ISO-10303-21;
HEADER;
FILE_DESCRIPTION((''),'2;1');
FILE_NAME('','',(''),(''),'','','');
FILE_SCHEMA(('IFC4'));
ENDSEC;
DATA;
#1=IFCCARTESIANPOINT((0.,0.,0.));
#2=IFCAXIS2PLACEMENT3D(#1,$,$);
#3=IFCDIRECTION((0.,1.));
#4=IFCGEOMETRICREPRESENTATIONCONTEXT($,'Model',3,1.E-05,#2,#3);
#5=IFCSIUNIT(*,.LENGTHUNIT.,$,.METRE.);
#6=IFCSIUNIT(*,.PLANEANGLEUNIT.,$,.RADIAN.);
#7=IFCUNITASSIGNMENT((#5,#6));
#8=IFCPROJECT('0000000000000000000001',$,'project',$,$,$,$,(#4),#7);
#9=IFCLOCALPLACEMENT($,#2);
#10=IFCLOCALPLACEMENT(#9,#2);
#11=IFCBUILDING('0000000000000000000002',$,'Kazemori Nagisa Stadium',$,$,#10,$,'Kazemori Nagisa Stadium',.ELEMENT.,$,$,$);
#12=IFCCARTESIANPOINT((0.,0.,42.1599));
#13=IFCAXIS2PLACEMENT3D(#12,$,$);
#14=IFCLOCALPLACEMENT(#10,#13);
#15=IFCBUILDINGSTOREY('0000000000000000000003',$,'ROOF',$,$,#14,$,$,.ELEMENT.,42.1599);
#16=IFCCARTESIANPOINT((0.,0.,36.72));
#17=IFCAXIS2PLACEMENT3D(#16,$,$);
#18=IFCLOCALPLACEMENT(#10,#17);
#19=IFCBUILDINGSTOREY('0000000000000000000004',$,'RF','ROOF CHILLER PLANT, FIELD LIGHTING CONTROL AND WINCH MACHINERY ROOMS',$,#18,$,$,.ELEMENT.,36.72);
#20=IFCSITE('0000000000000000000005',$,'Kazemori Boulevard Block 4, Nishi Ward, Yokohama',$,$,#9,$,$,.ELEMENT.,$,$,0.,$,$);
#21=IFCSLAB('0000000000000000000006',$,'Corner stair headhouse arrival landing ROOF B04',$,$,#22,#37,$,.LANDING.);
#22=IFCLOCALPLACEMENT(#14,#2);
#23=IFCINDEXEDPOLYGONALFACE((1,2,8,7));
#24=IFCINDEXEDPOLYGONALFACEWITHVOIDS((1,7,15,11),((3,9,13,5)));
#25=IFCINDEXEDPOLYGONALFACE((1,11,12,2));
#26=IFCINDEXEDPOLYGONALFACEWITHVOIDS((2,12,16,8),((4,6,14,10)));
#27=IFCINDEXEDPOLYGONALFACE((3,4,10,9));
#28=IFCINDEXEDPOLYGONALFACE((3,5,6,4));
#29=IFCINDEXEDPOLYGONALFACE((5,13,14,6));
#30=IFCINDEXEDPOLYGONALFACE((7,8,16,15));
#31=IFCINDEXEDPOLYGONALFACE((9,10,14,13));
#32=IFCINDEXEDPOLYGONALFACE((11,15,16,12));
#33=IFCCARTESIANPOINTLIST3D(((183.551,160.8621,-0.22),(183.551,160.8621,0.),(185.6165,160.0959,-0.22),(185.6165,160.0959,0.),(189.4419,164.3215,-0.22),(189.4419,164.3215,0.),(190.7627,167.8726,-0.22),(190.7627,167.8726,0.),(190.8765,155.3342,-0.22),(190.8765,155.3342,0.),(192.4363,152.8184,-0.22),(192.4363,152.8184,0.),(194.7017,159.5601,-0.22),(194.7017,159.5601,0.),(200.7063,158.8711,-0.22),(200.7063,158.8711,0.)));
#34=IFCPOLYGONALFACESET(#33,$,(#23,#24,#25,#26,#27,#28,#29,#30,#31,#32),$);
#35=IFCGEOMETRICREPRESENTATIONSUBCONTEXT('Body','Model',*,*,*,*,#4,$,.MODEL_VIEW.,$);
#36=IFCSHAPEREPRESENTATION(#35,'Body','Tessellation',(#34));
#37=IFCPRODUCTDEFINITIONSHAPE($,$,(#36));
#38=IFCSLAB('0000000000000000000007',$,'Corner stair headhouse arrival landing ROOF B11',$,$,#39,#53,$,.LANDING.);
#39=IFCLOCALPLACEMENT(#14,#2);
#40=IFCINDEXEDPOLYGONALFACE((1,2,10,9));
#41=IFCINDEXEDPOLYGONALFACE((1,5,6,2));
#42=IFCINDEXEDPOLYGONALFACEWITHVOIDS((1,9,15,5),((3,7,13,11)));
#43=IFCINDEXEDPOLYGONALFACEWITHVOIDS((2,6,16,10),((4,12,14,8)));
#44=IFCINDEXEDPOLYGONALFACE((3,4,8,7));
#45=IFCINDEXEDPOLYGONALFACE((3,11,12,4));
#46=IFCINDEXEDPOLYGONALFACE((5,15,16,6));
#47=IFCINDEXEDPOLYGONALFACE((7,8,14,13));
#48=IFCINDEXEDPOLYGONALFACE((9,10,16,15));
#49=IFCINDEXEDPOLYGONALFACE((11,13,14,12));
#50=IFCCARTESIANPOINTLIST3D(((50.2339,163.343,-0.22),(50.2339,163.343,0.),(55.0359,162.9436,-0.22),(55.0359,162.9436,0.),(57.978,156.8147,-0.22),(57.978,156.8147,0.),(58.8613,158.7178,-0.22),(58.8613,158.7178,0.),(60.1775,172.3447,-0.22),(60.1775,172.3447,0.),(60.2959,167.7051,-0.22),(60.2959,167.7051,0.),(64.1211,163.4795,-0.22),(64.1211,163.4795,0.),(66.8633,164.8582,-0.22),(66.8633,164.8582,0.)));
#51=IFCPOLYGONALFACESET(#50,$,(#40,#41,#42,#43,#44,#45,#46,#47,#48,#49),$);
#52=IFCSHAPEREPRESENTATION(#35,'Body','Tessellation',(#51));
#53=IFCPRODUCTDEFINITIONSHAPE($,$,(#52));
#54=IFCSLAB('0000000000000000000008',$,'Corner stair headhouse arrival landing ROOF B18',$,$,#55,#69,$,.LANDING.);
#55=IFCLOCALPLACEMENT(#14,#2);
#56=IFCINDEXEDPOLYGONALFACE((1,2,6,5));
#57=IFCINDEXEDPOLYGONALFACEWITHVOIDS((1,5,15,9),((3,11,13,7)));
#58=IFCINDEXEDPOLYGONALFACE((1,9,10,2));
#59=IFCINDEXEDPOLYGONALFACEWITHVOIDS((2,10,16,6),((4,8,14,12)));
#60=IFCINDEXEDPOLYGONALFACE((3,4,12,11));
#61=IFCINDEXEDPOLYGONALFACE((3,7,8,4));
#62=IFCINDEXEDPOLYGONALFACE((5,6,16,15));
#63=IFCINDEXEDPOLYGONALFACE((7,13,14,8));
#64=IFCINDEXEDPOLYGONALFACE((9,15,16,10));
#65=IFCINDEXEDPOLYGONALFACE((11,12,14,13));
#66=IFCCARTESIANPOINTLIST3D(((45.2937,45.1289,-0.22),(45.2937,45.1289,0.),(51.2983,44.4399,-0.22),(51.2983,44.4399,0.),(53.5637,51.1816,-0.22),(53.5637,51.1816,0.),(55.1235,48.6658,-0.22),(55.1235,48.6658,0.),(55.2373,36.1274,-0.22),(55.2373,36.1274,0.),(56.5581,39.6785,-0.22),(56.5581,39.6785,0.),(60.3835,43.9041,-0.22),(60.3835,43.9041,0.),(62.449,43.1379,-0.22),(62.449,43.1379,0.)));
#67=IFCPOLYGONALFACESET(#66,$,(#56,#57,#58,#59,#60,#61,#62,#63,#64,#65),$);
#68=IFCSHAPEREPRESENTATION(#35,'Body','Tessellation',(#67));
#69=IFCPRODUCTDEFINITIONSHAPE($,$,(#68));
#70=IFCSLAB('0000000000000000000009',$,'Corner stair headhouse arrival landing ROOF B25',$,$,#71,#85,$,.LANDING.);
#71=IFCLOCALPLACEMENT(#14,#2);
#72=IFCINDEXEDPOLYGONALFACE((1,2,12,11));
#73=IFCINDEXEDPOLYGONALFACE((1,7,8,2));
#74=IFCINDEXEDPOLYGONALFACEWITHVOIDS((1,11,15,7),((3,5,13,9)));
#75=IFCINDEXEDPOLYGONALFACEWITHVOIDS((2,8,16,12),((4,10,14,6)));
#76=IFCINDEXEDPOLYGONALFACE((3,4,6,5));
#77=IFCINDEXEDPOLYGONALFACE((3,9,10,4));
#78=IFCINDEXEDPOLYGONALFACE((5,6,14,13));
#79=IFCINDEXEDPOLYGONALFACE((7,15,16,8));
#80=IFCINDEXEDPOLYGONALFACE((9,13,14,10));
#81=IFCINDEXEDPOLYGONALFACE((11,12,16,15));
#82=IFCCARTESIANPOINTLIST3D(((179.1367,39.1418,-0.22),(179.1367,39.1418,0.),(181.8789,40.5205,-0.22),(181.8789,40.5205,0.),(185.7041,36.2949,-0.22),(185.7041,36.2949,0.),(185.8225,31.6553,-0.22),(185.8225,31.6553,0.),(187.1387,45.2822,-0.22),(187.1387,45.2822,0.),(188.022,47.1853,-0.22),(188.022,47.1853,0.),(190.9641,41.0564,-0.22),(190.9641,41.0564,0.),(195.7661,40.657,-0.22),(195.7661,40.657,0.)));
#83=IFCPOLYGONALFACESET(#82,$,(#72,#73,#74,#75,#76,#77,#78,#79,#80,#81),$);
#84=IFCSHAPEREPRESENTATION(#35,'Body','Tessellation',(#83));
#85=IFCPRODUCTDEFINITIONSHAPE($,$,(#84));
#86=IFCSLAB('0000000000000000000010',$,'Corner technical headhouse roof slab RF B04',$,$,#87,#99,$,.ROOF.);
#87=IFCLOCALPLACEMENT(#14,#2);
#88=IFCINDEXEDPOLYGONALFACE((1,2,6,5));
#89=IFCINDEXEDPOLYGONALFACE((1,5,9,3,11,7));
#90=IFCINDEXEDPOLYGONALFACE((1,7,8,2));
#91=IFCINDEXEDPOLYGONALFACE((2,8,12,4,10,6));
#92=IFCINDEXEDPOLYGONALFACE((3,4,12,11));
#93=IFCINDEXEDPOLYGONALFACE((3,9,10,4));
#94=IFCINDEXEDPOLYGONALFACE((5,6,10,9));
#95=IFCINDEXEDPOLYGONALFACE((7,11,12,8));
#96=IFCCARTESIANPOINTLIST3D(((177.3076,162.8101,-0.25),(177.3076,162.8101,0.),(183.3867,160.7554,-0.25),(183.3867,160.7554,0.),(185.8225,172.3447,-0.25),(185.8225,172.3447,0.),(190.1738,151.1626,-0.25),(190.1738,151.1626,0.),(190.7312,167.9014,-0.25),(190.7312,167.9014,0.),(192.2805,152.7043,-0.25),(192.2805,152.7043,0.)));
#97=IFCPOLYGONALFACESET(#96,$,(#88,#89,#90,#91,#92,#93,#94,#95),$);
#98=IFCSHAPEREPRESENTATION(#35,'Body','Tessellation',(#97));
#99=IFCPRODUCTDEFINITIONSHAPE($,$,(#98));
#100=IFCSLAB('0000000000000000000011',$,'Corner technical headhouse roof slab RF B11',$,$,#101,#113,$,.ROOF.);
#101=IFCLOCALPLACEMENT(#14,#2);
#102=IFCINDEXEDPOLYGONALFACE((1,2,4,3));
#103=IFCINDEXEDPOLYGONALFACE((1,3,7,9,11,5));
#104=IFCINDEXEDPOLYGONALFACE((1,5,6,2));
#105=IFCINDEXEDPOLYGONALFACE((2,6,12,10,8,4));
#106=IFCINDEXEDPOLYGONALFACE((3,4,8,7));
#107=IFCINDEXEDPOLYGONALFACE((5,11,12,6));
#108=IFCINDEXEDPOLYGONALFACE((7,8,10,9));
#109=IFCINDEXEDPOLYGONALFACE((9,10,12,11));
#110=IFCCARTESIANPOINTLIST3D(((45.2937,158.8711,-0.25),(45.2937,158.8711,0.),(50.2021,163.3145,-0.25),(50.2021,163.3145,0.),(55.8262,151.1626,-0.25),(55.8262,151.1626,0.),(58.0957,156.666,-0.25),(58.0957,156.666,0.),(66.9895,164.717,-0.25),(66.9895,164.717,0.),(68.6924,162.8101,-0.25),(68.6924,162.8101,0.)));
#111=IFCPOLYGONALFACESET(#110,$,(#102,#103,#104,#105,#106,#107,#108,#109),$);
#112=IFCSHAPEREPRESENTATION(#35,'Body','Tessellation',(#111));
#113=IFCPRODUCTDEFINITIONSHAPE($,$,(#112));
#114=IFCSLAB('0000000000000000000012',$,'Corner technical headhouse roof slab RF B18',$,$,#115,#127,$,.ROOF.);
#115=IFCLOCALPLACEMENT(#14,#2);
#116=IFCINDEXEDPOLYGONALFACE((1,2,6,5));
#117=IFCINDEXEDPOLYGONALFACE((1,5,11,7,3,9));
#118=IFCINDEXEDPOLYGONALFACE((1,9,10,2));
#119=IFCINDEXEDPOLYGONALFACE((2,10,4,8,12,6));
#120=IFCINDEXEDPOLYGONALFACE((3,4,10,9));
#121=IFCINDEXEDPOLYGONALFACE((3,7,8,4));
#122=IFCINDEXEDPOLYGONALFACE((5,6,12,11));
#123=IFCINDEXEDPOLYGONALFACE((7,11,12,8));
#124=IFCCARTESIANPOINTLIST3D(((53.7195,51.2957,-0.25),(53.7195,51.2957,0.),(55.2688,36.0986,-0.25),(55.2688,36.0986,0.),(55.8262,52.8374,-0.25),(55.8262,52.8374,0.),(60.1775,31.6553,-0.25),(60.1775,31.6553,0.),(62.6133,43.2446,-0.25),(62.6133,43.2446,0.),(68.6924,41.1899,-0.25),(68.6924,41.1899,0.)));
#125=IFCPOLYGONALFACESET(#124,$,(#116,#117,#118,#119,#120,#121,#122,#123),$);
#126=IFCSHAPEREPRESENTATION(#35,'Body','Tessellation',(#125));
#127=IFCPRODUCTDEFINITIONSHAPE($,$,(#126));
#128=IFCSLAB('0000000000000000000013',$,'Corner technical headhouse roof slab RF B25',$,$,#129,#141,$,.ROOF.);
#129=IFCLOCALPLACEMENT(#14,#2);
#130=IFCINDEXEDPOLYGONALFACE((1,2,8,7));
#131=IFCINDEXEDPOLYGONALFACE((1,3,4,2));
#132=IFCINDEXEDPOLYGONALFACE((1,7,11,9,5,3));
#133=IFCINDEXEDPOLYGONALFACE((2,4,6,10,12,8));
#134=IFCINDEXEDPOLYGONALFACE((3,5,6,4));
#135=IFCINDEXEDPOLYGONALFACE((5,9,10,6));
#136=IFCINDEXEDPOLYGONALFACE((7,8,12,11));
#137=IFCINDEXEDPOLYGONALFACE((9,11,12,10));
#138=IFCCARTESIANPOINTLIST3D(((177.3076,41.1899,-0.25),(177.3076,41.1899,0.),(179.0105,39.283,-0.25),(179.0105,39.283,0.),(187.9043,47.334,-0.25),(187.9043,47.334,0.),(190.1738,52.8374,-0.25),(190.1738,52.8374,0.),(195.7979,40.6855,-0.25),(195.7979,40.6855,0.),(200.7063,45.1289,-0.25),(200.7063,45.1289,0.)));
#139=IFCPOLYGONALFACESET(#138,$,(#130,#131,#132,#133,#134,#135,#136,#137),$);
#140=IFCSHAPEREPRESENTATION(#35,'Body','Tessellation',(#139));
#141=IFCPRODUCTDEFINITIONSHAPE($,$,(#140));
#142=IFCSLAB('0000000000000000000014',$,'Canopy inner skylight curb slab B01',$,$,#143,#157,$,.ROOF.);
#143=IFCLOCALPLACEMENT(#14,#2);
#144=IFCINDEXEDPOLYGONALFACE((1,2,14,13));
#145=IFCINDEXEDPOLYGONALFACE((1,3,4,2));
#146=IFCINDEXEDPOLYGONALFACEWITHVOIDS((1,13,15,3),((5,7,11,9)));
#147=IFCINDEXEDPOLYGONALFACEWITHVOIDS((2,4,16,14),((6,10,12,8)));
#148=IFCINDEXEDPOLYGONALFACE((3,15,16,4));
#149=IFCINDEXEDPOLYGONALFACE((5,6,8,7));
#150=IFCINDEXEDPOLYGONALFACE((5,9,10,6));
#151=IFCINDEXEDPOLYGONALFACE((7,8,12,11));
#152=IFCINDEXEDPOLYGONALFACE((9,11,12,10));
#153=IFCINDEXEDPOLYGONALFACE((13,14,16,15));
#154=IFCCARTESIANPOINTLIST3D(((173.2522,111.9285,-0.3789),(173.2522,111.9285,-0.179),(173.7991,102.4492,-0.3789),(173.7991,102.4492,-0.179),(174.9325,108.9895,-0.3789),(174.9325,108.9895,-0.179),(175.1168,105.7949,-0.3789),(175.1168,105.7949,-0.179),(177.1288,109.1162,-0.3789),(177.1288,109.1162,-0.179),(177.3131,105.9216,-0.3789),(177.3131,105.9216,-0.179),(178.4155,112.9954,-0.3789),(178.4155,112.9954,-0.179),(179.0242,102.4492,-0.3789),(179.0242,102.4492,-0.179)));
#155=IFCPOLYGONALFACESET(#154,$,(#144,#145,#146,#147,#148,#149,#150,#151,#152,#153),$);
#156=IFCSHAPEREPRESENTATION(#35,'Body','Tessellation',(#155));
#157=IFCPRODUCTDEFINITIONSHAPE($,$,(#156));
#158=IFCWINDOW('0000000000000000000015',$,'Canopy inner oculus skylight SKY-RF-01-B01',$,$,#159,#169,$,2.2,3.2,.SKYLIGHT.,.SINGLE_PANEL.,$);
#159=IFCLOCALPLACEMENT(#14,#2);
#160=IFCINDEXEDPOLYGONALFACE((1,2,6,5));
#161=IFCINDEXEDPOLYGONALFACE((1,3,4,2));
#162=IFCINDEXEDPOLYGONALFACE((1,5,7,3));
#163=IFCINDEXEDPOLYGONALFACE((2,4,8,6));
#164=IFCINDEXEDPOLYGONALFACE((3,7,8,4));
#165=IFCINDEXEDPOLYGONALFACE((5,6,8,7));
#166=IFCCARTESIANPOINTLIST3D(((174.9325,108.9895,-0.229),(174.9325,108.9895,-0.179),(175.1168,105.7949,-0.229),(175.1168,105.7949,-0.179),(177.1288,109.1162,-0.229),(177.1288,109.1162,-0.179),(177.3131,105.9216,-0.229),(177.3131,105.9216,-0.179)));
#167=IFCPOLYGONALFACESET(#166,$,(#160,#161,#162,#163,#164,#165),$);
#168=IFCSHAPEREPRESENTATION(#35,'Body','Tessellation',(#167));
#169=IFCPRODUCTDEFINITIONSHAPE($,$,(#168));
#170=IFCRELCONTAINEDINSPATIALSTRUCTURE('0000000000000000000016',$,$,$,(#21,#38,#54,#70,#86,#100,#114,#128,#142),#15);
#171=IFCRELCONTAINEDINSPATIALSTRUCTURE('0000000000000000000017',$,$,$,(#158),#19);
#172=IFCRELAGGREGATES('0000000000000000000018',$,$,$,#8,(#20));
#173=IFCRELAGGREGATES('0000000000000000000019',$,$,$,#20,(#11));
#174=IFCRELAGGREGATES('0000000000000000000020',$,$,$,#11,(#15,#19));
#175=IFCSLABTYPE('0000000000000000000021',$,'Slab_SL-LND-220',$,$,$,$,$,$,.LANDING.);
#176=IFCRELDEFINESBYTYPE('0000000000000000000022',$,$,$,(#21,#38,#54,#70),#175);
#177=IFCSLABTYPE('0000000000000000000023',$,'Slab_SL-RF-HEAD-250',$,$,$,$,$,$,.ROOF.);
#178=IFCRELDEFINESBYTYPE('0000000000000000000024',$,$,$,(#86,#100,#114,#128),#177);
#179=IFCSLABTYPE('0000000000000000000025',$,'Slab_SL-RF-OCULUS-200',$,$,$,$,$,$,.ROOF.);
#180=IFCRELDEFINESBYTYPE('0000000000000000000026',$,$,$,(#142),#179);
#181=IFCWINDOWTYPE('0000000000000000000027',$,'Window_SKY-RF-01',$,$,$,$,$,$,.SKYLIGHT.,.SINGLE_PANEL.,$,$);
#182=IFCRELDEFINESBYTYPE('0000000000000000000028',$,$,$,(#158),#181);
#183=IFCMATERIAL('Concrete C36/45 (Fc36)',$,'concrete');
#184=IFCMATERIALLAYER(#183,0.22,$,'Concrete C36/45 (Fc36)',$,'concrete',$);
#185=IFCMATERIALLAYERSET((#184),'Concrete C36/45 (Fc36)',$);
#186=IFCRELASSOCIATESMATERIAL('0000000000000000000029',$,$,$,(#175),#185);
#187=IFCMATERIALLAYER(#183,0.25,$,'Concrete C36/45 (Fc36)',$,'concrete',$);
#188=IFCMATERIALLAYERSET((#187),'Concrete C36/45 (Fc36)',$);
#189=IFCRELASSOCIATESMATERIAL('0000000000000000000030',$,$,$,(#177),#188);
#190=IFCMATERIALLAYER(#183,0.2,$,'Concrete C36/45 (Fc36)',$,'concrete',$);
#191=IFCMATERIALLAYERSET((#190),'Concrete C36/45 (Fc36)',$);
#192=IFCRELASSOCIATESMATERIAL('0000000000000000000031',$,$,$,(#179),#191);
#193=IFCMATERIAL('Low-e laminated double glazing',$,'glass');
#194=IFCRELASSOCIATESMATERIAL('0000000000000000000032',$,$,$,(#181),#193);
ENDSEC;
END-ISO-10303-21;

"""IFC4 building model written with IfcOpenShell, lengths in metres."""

from ifc_helpers import new_model, si_unit, direction, frame, origin, origin_2d, place, context, subcontext, project, spatial, polyline, rectangle, outline, extrude, material, layer, layer_set, type_object, element, fill, save


model = new_model("IFC4")

# Units and contexts
model_context = context("Model", 3, precision=1e-05, world=origin(), true_north=direction((0.0, 1.0)))
body_context = subcontext(model_context, "Body", "Model", "MODEL_VIEW")
ifc_project = project(units=[si_unit("LENGTHUNIT", "METRE"), si_unit("PLANEANGLEUNIT", "RADIAN")], contexts=[model_context])

# Site, building, storey
site_placement = place(None, origin())
site = spatial("IfcSite", under=ifc_project, at=site_placement, Name="Kazemori Boulevard Block 4, Nishi Ward, Yokohama", CompositionType="ELEMENT", RefElevation=0.0)
building_placement = place(site_placement, origin())
building = spatial("IfcBuilding", under=site, at=building_placement, Name="Kazemori Nagisa Stadium", LongName="Kazemori Nagisa Stadium", CompositionType="ELEMENT")
storey_1_placement = place(building_placement, frame((0.0, 0.0, 42.1599)))
storey_1 = spatial("IfcBuildingStorey", under=building, at=storey_1_placement, Name="ROOF", CompositionType="ELEMENT", Elevation=42.1599)

# Slabs
ifc_material_1 = material(Name="Concrete C36/45 (Fc36)", Category="concrete")
ifc_layer_1 = layer(ifc_material_1, 0.22, Name="Concrete C36/45 (Fc36)", Category="concrete")
ifc_layer_set_1 = layer_set([ifc_layer_1], Name="Concrete C36/45 (Fc36)")
slab_type_1 = type_object("IfcSlabType", Name="Slab_SL-LND-220", PredefinedType="LANDING", material=ifc_layer_set_1)
slab_1_placement = place(storey_1_placement, frame((0.0, 0.0, -0.22)))
element("IfcSlab", 1, at=slab_1_placement, inside=storey_1, type_object=slab_type_1, Name="Corner stair headhouse arrival landing ROOF B04", PredefinedType="LANDING", context=body_context, shape_type="SweptSolid", body=[
    extrude(outline(polyline([(192.4363, 152.8184), (183.551, 160.8621), (190.7627, 167.8726), (200.7063, 158.8711), (192.4363, 152.8184)]), holes=[polyline([(190.8765, 155.3342), (185.6165, 160.0959), (189.4419, 164.3215), (194.7017, 159.5601), (190.8765, 155.3342)])]), origin(), (0.0, 0.0, 1.0), 0.22),
])
slab_2_placement = place(storey_1_placement, frame((0.0, 0.0, -0.22)))
element("IfcSlab", 2, at=slab_2_placement, inside=storey_1, type_object=slab_type_1, Name="Corner stair headhouse arrival landing ROOF B11", PredefinedType="LANDING", context=body_context, shape_type="SweptSolid", body=[
    extrude(outline(polyline([(66.8633, 164.8582), (57.978, 156.8147), (50.2339, 163.343), (60.1775, 172.3447), (66.8633, 164.8582)]), holes=[polyline([(64.1211, 163.4795), (58.8613, 158.7178), (55.0359, 162.9436), (60.2959, 167.7051), (64.1211, 163.4795)])]), origin(), (0.0, 0.0, 1.0), 0.22),
])
slab_3_placement = place(storey_1_placement, frame((0.0, 0.0, -0.22)))
element("IfcSlab", 3, at=slab_3_placement, inside=storey_1, type_object=slab_type_1, Name="Corner stair headhouse arrival landing ROOF B18", PredefinedType="LANDING", context=body_context, shape_type="SweptSolid", body=[
    extrude(outline(polyline([(53.5637, 51.1816), (62.449, 43.1379), (55.2373, 36.1274), (45.2937, 45.1289), (53.5637, 51.1816)]), holes=[polyline([(55.1235, 48.6658), (60.3835, 43.9041), (56.5581, 39.6785), (51.2983, 44.4399), (55.1235, 48.6658)])]), origin(), (0.0, 0.0, 1.0), 0.22),
])
slab_4_placement = place(storey_1_placement, frame((0.0, 0.0, -0.22)))
element("IfcSlab", 4, at=slab_4_placement, inside=storey_1, type_object=slab_type_1, Name="Corner stair headhouse arrival landing ROOF B25", PredefinedType="LANDING", context=body_context, shape_type="SweptSolid", body=[
    extrude(outline(polyline([(179.1367, 39.1418), (188.022, 47.1853), (195.7661, 40.657), (185.8225, 31.6553), (179.1367, 39.1418)]), holes=[polyline([(181.8789, 40.5205), (187.1387, 45.2822), (190.9641, 41.0564), (185.7041, 36.2949), (181.8789, 40.5205)])]), origin(), (0.0, 0.0, 1.0), 0.22),
])
ifc_layer_2 = layer(ifc_material_1, 0.25, Name="Concrete C36/45 (Fc36)", Category="concrete")
ifc_layer_set_2 = layer_set([ifc_layer_2], Name="Concrete C36/45 (Fc36)")
slab_type_2 = type_object("IfcSlabType", Name="Slab_SL-RF-HEAD-250", PredefinedType="ROOF", material=ifc_layer_set_2)
slab_5_placement = place(storey_1_placement, frame((0.0, 0.0, -0.25)))
element("IfcSlab", 5, at=slab_5_placement, inside=storey_1, type_object=slab_type_2, Name="Corner technical headhouse roof slab RF B04", PredefinedType="ROOF", context=body_context, shape_type="SweptSolid", body=[
    extrude(outline(polyline([(190.1738, 151.1626), (177.3076, 162.8101), (185.8225, 172.3447), (190.7312, 167.9014), (183.3867, 160.7554), (192.2805, 152.7043), (190.1738, 151.1626)])), origin(), (0.0, 0.0, 1.0), 0.25),
])
slab_6_placement = place(storey_1_placement, frame((0.0, 0.0, -0.25)))
element("IfcSlab", 6, at=slab_6_placement, inside=storey_1, type_object=slab_type_2, Name="Corner technical headhouse roof slab RF B11", PredefinedType="ROOF", context=body_context, shape_type="SweptSolid", body=[
    extrude(outline(polyline([(68.6924, 162.8101), (55.8262, 151.1626), (45.2937, 158.8711), (50.2021, 163.3145), (58.0957, 156.666), (66.9895, 164.717), (68.6924, 162.8101)])), origin(), (0.0, 0.0, 1.0), 0.25),
])
slab_7_placement = place(storey_1_placement, frame((0.0, 0.0, -0.25)))
element("IfcSlab", 7, at=slab_7_placement, inside=storey_1, type_object=slab_type_2, Name="Corner technical headhouse roof slab RF B18", PredefinedType="ROOF", context=body_context, shape_type="SweptSolid", body=[
    extrude(outline(polyline([(55.8262, 52.8374), (68.6924, 41.1899), (60.1775, 31.6553), (55.2688, 36.0986), (62.6133, 43.2446), (53.7195, 51.2957), (55.8262, 52.8374)])), origin(), (0.0, 0.0, 1.0), 0.25),
])
slab_8_placement = place(storey_1_placement, frame((0.0, 0.0, -0.25)))
element("IfcSlab", 8, at=slab_8_placement, inside=storey_1, type_object=slab_type_2, Name="Corner technical headhouse roof slab RF B25", PredefinedType="ROOF", context=body_context, shape_type="SweptSolid", body=[
    extrude(outline(polyline([(177.3076, 41.1899), (190.1738, 52.8374), (200.7063, 45.1289), (195.7979, 40.6855), (187.9043, 47.334), (179.0105, 39.283), (177.3076, 41.1899)])), origin(), (0.0, 0.0, 1.0), 0.25),
])

# Slab, opening
ifc_layer_3 = layer(ifc_material_1, 0.2, Name="Concrete C36/45 (Fc36)", Category="concrete")
ifc_layer_set_3 = layer_set([ifc_layer_3], Name="Concrete C36/45 (Fc36)")
slab_type_3 = type_object("IfcSlabType", Name="Slab_SL-RF-OCULUS-200", PredefinedType="ROOF", material=ifc_layer_set_3)
slab_9_placement = place(storey_1_placement, frame((0.0, 0.0, -0.3789)))
slab_9 = element("IfcSlab", 9, at=slab_9_placement, inside=storey_1, type_object=slab_type_3, Name="Canopy inner skylight curb slab B01", PredefinedType="ROOF", context=body_context, shape_type="SweptSolid", body=[
    extrude(outline(polyline([(173.7991, 102.4492), (173.2522, 111.9285), (178.4155, 112.9954), (179.0242, 102.4492), (173.7991, 102.4492)])), origin(), (0.0, 0.0, 1.0), 0.2),
])
opening_1_placement = place(slab_9_placement, frame((176.1228, 107.4556, 0.0), z_axis=(0.0, 0.0, 1.0), x_axis=(-0.057602, 0.99834, 0.0)))
opening_1 = element("IfcOpeningElement", 10, at=opening_1_placement, cuts=slab_9, PredefinedType="OPENING", context=body_context, shape_type="SweptSolid", body=[
    extrude(rectangle(XDim=3.2, YDim=2.2, at=origin_2d()), frame((0.0, 0.0, -0.01)), (0.0, 0.0, 1.0), 0.22),
])

# Shared definitions
storey_2_placement = place(building_placement, frame((0.0, 0.0, 36.72)))
storey_2 = spatial("IfcBuildingStorey", under=building, at=storey_2_placement, Name="RF", Description="ROOF CHILLER PLANT, FIELD LIGHTING CONTROL AND WINCH MACHINERY ROOMS", CompositionType="ELEMENT", Elevation=36.72)

# Window
ifc_material_2 = material(Name="Low-e laminated double glazing", Category="glass")
window_type_1 = type_object("IfcWindowType", Name="Window_SKY-RF-01", PartitioningType="SINGLE_PANEL", PredefinedType="SKYLIGHT", material=ifc_material_2)
window_1_placement = place(opening_1_placement, frame((0.0, 0.0, 0.1499)))
window_1 = element("IfcWindow", 11, at=window_1_placement, inside=storey_2, type_object=window_type_1, Name="Canopy inner oculus skylight SKY-RF-01-B01", OverallHeight=2.2, OverallWidth=3.2, PartitioningType="SINGLE_PANEL", PredefinedType="SKYLIGHT", context=body_context, shape_type="SweptSolid", body=[
    extrude(rectangle(XDim=3.2, YDim=2.2, at=origin_2d()), origin(), (0.0, 0.0, 1.0), 0.05),
])
fill(opening_1, window_1)

save(model, "model.ifc")
